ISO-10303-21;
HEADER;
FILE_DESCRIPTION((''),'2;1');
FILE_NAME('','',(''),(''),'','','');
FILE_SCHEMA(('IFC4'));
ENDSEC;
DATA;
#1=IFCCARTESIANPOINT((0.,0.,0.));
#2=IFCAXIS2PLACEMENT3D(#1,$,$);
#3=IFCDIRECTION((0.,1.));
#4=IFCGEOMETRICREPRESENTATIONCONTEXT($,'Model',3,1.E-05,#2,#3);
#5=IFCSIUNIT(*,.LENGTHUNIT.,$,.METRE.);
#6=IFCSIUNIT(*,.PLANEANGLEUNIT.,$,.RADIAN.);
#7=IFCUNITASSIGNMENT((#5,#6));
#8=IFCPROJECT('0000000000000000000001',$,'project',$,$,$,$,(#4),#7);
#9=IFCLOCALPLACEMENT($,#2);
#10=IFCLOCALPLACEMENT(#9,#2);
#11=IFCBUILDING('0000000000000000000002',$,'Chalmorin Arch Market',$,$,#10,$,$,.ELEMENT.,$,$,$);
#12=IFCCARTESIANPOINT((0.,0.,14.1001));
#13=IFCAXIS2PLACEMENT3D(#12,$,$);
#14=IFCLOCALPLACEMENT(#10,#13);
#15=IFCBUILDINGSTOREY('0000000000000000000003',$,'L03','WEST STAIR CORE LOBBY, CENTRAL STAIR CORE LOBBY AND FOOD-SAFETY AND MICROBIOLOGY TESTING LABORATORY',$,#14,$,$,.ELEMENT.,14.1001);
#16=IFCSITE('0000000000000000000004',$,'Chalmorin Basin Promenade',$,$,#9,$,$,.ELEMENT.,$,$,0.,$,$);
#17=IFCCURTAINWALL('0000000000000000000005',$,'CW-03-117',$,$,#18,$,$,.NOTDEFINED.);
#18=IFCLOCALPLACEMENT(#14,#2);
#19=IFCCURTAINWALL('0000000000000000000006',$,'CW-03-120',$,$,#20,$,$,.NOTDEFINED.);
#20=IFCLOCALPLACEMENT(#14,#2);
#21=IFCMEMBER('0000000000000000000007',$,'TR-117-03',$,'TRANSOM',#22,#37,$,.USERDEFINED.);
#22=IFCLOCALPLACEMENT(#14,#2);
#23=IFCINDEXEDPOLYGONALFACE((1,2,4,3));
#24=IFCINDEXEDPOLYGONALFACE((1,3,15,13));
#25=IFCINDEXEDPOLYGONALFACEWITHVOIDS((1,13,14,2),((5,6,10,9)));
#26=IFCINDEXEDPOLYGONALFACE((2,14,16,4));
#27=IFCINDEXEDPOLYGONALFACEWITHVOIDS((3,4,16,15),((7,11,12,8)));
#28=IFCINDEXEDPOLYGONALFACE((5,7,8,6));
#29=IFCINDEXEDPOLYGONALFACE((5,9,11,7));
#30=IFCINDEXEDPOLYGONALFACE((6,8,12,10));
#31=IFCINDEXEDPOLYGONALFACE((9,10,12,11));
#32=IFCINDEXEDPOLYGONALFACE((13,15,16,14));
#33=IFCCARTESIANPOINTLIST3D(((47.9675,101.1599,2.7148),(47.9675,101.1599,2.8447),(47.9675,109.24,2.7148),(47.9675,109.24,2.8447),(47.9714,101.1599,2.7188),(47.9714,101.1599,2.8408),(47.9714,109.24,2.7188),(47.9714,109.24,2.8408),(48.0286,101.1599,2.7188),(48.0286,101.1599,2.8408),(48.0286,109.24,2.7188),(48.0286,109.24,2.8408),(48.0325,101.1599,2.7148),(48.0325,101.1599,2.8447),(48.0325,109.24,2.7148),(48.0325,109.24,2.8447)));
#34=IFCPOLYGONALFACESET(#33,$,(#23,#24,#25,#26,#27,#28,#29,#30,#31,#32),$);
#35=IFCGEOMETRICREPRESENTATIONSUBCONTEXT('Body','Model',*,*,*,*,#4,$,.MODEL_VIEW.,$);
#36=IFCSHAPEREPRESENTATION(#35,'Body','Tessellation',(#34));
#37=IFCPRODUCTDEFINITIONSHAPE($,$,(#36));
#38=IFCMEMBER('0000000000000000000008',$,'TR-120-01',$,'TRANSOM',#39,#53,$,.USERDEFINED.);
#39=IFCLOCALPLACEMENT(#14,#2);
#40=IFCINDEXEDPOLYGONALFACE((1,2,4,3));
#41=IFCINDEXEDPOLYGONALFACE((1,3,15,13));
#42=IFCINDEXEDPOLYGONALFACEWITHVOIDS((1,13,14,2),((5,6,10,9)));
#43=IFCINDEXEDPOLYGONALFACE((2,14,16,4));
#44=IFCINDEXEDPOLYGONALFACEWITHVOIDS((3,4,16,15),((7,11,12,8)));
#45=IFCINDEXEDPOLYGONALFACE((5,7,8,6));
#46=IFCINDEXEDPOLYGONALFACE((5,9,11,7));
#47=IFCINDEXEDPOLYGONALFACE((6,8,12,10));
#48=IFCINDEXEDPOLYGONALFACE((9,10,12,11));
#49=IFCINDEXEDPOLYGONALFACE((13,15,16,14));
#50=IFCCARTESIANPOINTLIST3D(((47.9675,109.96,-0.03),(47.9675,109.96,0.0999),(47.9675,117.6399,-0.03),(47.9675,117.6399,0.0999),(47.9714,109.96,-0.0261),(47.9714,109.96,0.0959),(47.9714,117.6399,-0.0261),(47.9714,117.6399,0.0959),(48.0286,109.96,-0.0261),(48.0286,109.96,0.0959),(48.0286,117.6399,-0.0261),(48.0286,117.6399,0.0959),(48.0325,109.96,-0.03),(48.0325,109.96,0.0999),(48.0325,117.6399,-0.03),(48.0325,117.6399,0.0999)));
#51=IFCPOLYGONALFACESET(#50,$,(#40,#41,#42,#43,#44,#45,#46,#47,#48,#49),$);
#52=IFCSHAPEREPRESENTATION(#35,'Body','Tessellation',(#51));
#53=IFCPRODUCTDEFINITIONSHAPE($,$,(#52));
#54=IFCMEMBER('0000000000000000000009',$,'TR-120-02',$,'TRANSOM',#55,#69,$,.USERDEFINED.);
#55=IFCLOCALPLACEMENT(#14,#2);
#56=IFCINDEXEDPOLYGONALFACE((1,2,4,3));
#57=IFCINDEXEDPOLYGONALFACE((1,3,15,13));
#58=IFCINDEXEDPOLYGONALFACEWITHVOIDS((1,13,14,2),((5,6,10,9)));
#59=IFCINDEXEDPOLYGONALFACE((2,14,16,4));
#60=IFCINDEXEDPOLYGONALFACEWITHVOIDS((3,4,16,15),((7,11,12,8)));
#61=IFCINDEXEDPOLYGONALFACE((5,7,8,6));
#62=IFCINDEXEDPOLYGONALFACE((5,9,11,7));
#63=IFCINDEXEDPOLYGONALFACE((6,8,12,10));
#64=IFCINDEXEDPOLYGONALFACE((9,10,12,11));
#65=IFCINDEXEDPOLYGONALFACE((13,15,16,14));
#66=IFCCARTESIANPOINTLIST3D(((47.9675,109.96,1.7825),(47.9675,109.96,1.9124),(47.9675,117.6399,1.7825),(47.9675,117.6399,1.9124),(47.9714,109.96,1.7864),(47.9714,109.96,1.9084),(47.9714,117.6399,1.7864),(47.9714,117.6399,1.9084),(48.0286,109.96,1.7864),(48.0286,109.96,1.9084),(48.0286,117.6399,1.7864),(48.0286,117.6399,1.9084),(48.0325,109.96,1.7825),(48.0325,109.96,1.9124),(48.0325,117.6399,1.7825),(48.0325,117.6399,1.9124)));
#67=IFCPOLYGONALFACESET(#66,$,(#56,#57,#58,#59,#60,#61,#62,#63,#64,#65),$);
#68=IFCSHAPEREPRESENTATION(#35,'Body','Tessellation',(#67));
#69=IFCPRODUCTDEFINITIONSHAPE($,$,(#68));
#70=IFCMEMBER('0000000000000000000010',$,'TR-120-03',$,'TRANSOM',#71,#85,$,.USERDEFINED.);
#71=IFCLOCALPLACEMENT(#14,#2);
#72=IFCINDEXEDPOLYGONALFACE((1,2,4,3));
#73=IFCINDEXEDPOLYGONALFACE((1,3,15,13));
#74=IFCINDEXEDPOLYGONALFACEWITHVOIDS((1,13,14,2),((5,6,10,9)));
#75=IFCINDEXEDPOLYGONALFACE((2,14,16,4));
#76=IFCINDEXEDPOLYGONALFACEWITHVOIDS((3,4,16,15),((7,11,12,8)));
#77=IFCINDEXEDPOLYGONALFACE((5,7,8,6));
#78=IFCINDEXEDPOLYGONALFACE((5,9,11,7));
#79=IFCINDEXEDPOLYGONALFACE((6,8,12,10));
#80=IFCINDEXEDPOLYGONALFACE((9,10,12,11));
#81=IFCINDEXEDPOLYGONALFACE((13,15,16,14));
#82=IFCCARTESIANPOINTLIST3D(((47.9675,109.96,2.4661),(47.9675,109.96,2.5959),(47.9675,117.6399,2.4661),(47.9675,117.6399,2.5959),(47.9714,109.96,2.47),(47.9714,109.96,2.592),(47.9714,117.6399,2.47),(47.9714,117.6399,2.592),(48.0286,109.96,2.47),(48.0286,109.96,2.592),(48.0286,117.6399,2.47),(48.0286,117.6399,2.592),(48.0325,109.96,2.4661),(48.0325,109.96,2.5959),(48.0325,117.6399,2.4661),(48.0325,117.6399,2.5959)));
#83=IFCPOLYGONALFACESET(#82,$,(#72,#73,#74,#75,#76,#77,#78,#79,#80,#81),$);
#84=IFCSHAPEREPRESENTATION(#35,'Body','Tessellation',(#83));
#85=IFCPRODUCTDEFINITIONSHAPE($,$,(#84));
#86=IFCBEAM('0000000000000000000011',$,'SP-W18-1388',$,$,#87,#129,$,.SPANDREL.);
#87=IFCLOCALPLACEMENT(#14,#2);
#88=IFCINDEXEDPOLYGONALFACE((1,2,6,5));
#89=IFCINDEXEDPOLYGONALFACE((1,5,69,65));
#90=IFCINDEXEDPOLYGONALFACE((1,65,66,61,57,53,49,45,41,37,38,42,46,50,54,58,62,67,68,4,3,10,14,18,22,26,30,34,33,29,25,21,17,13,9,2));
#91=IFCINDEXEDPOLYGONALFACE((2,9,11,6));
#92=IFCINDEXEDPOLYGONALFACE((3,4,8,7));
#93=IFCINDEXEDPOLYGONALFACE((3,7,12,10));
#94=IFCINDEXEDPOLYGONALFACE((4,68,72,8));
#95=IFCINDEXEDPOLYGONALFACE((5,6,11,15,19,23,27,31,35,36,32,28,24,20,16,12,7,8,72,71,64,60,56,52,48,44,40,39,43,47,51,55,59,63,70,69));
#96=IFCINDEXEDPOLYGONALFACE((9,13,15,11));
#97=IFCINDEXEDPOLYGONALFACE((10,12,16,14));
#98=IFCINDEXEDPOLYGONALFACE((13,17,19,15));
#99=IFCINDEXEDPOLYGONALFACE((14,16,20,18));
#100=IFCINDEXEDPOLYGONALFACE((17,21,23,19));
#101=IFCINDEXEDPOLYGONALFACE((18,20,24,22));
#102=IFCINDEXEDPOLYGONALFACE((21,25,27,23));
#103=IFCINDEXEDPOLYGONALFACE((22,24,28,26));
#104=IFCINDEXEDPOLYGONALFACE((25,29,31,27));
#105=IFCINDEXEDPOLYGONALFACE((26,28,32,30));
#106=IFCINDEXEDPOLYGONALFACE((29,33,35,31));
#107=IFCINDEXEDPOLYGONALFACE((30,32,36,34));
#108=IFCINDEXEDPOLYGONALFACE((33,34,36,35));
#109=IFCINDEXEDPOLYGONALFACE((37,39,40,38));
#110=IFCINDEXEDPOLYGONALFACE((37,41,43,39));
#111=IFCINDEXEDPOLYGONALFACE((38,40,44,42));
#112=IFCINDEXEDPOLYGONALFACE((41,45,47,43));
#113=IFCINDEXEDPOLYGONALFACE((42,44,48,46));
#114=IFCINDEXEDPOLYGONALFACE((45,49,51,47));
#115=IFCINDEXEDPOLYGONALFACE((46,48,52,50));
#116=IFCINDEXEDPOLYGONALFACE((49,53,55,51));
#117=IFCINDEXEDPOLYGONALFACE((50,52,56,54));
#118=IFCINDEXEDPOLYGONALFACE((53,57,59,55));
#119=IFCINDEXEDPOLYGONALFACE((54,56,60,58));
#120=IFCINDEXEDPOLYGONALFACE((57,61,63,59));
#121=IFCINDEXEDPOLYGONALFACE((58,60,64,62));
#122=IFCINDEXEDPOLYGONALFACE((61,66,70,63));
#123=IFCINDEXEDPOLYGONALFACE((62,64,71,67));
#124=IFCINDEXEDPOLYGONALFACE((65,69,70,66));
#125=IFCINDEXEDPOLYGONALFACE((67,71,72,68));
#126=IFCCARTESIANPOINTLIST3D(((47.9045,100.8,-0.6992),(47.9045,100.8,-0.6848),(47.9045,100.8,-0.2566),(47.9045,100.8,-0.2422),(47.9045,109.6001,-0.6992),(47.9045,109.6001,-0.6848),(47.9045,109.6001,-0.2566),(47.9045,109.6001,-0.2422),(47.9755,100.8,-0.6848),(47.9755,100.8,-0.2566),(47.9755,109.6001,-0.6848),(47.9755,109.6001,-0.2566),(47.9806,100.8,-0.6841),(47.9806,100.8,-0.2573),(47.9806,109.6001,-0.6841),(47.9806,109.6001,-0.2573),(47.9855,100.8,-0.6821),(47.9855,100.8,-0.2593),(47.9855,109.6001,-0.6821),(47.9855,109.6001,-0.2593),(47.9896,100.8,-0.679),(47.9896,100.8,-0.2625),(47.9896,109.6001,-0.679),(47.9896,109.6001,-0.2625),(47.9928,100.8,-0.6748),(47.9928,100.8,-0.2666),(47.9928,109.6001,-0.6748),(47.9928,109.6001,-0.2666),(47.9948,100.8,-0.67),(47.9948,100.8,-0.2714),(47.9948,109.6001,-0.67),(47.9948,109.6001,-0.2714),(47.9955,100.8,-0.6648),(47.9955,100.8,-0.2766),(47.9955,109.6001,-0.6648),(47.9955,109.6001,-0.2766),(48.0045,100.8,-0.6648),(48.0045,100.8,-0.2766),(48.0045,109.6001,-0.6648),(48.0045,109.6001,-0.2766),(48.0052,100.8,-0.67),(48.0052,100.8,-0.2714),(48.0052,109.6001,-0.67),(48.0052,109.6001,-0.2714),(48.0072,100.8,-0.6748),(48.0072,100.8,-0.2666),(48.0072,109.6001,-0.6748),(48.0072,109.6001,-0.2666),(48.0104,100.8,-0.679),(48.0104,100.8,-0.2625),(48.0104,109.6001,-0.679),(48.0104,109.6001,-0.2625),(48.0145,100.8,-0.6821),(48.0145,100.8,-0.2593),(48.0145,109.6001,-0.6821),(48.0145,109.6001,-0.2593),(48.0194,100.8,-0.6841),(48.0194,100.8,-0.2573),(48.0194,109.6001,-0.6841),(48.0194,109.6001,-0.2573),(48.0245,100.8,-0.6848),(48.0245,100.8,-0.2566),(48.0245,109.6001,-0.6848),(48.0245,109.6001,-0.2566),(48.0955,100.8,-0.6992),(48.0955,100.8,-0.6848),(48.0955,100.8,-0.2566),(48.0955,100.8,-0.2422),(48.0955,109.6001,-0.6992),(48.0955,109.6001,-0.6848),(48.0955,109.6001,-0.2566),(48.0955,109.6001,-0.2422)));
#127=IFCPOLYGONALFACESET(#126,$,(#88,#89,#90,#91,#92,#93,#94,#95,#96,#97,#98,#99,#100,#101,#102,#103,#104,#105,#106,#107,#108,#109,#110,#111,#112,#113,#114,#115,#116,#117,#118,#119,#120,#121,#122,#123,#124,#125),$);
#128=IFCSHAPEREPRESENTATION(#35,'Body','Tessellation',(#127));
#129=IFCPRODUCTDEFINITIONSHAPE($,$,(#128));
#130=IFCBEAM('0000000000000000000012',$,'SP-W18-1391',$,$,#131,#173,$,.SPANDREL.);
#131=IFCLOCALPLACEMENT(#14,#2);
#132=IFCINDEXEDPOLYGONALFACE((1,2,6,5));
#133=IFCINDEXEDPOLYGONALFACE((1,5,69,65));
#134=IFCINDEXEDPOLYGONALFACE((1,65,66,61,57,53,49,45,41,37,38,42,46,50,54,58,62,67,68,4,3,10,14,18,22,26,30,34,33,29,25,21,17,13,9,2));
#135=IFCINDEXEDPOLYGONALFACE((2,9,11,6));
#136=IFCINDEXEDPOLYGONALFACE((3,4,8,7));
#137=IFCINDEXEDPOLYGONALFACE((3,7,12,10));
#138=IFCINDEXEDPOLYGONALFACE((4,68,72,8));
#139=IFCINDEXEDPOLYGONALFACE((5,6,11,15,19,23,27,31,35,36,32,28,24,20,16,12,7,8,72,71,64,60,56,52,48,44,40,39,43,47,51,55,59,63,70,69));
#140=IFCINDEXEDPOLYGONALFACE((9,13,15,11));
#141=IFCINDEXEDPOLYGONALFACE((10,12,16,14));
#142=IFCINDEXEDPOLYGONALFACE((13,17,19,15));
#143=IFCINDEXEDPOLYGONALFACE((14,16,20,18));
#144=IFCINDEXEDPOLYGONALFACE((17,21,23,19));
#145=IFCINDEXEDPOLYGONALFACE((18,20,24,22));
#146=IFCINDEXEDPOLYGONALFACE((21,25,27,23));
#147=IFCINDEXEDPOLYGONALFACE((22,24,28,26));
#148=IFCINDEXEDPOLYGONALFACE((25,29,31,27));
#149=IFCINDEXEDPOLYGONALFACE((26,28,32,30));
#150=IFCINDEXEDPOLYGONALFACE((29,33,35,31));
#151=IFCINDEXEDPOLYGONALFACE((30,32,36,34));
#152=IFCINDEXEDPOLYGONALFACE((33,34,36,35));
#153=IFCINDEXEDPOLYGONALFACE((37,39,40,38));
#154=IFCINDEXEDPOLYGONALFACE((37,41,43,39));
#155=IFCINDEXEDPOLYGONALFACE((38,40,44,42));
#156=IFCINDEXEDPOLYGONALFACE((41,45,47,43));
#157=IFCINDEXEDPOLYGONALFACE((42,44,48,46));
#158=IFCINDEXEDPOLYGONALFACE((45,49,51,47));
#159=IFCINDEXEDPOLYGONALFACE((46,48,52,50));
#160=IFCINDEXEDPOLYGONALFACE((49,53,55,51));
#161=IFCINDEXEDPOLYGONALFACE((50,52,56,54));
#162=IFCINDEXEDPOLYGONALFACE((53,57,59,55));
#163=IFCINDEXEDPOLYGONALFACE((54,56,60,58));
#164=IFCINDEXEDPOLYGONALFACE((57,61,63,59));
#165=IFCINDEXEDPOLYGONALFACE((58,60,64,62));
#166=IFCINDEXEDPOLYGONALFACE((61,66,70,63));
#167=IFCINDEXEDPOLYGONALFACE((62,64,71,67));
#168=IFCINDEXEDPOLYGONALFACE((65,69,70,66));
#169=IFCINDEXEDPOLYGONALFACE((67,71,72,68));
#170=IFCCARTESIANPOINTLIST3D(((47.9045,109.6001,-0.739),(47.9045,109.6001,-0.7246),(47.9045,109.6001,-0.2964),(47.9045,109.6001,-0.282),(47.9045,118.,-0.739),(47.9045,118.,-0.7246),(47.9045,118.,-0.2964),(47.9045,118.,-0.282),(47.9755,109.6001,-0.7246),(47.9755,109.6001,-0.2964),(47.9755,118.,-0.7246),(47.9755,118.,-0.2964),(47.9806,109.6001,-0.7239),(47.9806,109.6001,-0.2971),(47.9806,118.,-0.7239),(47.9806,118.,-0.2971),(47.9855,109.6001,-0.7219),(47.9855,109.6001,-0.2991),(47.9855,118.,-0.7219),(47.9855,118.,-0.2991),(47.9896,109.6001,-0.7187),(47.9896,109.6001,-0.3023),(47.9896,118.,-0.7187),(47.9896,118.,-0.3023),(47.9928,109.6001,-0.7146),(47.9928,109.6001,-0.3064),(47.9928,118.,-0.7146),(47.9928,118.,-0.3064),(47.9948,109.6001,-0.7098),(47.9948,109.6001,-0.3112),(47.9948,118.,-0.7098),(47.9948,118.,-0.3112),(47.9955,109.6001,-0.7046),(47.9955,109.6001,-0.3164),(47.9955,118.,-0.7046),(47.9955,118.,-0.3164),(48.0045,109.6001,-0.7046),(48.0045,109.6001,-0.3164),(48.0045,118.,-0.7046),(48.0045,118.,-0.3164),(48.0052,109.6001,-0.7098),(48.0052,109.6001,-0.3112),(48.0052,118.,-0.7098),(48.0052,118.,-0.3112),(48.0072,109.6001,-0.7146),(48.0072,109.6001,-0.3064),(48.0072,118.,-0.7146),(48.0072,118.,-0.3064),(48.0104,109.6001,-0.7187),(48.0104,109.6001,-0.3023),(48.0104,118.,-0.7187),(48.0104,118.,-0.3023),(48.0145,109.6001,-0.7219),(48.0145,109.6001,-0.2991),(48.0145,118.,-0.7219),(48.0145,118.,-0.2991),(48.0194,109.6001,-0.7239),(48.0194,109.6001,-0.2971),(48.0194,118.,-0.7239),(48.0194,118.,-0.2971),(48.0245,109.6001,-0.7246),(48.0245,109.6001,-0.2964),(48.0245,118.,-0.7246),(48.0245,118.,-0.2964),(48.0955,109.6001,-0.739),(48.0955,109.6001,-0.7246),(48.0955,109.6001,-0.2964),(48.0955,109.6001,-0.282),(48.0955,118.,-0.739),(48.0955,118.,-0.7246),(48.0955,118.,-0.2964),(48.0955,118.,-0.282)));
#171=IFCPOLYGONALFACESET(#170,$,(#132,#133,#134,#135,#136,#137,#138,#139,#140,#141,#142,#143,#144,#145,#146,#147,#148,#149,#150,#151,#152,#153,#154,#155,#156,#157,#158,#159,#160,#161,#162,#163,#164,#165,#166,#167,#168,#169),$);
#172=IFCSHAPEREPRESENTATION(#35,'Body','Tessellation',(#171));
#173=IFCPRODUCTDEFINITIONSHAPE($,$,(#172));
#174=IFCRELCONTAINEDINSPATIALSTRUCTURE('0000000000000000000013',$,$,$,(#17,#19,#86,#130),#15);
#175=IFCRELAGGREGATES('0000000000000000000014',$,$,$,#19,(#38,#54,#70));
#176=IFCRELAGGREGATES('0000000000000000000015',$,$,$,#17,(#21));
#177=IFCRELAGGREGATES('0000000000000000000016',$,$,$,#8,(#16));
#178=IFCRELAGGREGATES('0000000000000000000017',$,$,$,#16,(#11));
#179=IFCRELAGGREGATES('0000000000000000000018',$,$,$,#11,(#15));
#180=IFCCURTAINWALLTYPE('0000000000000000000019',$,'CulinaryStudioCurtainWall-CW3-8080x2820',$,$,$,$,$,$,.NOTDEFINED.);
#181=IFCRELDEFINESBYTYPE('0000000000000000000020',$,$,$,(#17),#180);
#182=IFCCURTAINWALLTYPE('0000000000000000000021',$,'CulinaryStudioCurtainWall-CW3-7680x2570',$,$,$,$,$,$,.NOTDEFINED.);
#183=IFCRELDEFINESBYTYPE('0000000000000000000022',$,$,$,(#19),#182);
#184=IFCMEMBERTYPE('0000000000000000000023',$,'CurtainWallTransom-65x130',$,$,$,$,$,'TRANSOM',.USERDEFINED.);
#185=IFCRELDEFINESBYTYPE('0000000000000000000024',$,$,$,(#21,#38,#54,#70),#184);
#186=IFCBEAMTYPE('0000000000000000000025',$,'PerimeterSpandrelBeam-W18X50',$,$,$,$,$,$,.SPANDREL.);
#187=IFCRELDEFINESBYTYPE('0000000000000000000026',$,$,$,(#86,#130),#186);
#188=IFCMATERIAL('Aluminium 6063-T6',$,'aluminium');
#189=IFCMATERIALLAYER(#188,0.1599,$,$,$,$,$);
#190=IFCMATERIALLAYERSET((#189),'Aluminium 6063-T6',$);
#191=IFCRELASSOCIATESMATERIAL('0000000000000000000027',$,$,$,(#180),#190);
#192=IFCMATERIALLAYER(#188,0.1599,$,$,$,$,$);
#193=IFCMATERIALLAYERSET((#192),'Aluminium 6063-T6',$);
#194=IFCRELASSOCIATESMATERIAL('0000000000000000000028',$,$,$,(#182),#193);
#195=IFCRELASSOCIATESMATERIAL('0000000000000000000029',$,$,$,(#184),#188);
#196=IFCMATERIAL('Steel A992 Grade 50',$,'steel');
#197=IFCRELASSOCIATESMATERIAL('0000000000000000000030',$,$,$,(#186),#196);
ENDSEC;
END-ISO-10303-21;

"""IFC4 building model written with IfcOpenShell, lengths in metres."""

from ifc_helpers import new_model, si_unit, direction, frame, origin, origin_2d, place, context, subcontext, project, spatial, hollow_rectangle, i_section, extrude, material, layer, layer_set, material_profile, profile_set, type_object, element, aggregate, save


model = new_model("IFC4")

# Units and contexts
model_context = context("Model", 3, precision=1e-05, world=origin(), true_north=direction((0.0, 1.0)))
body_context = subcontext(model_context, "Body", "Model", "MODEL_VIEW")
ifc_project = project(units=[si_unit("LENGTHUNIT", "METRE"), si_unit("PLANEANGLEUNIT", "RADIAN")], contexts=[model_context])

# Site, building, storey
site_placement = place(None, origin())
site = spatial("IfcSite", under=ifc_project, at=site_placement, Name="Chalmorin Basin Promenade", CompositionType="ELEMENT", RefElevation=0.0)
building_placement = place(site_placement, origin())
building = spatial("IfcBuilding", under=site, at=building_placement, Name="Chalmorin Arch Market", CompositionType="ELEMENT")
storey_placement = place(building_placement, frame((0.0, 0.0, 14.1001)))
storey = spatial("IfcBuildingStorey", under=building, at=storey_placement, Name="L03", Description="WEST STAIR CORE LOBBY, CENTRAL STAIR CORE LOBBY AND FOOD-SAFETY AND MICROBIOLOGY TESTING LABORATORY", CompositionType="ELEMENT", Elevation=14.1001)

# Curtain wall
ifc_material_1 = material(Name="Aluminium 6063-T6", Category="aluminium")
ifc_layer_1 = layer(ifc_material_1, 0.1599)
ifc_layer_set_1 = layer_set([ifc_layer_1], Name="Aluminium 6063-T6")
curtain_wall_type_1 = type_object("IfcCurtainWallType", Name="CulinaryStudioCurtainWall-CW3-8080x2820", PredefinedType="NOTDEFINED", material=ifc_layer_set_1)
curtain_wall_1_placement = place(storey_placement, origin())
curtain_wall_1 = element("IfcCurtainWall", 1, at=curtain_wall_1_placement, inside=storey, type_object=curtain_wall_type_1, Name="CW-03-117", PredefinedType="NOTDEFINED")

# Curtain wall
ifc_layer_2 = layer(ifc_material_1, 0.1599)
ifc_layer_set_2 = layer_set([ifc_layer_2], Name="Aluminium 6063-T6")
curtain_wall_type_2 = type_object("IfcCurtainWallType", Name="CulinaryStudioCurtainWall-CW3-7680x2570", PredefinedType="NOTDEFINED", material=ifc_layer_set_2)
curtain_wall_2_placement = place(storey_placement, origin())
curtain_wall_2 = element("IfcCurtainWall", 2, at=curtain_wall_2_placement, inside=storey, type_object=curtain_wall_type_2, Name="CW-03-120", PredefinedType="NOTDEFINED")

# Members
ifc_material_profile_1 = material_profile(ifc_material_1, hollow_rectangle(XDim=0.0649, YDim=0.1299, WallThickness=0.0039, at=origin_2d()), Name="ALU65X130X4")
ifc_profile_set_1 = profile_set([ifc_material_profile_1], Name="Aluminium 6063-T6")
member_type_1 = type_object("IfcMemberType", Name="CurtainWallTransom-65x130", ElementType="TRANSOM", PredefinedType="USERDEFINED", material=ifc_profile_set_1)
member_1_placement = place(storey_placement, frame((48.0, 101.1599, 2.7798), z_axis=(0.0, 1.0, 0.0), x_axis=(-1.0, 0.0, 0.0)))
member_1 = element("IfcMember", 3, at=member_1_placement, type_object=member_type_1, Name="TR-117-03", ObjectType="TRANSOM", PredefinedType="USERDEFINED", context=body_context, shape_type="SweptSolid", body=[
    extrude(hollow_rectangle(XDim=0.0649, YDim=0.1299, WallThickness=0.0039, at=origin_2d()), origin(), (0.0, 0.0, 1.0), 8.0801),
])
member_2_placement = place(storey_placement, frame((48.0, 109.96, 0.0349), z_axis=(0.0, 1.0, 0.0), x_axis=(-1.0, 0.0, 0.0)))
member_2 = element("IfcMember", 4, at=member_2_placement, type_object=member_type_1, Name="TR-120-01", ObjectType="TRANSOM", PredefinedType="USERDEFINED", context=body_context, shape_type="SweptSolid", body=[
    extrude(hollow_rectangle(XDim=0.0649, YDim=0.1299, WallThickness=0.0039, at=origin_2d()), origin(), (0.0, 0.0, 1.0), 7.6799),
])
member_3_placement = place(storey_placement, frame((48.0, 109.96, 1.8474), z_axis=(0.0, 1.0, 0.0), x_axis=(-1.0, 0.0, 0.0)))
member_3 = element("IfcMember", 5, at=member_3_placement, type_object=member_type_1, Name="TR-120-02", ObjectType="TRANSOM", PredefinedType="USERDEFINED", context=body_context, shape_type="SweptSolid", body=[
    extrude(hollow_rectangle(XDim=0.0649, YDim=0.1299, WallThickness=0.0039, at=origin_2d()), origin(), (0.0, 0.0, 1.0), 7.6799),
])
member_4_placement = place(storey_placement, frame((48.0, 109.96, 2.531), z_axis=(0.0, 1.0, 0.0), x_axis=(-1.0, 0.0, 0.0)))
member_4 = element("IfcMember", 6, at=member_4_placement, type_object=member_type_1, Name="TR-120-03", ObjectType="TRANSOM", PredefinedType="USERDEFINED", context=body_context, shape_type="SweptSolid", body=[
    extrude(hollow_rectangle(XDim=0.0649, YDim=0.1299, WallThickness=0.0039, at=origin_2d()), origin(), (0.0, 0.0, 1.0), 7.6799),
])
aggregate(curtain_wall_2, [member_2, member_3, member_4])

# Beams
ifc_material_2 = material(Name="Steel A992 Grade 50", Category="steel")
ifc_material_profile_2 = material_profile(ifc_material_2, i_section(OverallWidth=0.1909, OverallDepth=0.457, WebThickness=0.009, FlangeThickness=0.0144, FilletRadius=0.02, at=origin_2d()), Name="W18X50")
ifc_profile_set_2 = profile_set([ifc_material_profile_2], Name="Steel A992 Grade 50")
beam_type_1 = type_object("IfcBeamType", Name="PerimeterSpandrelBeam-W18X50", PredefinedType="SPANDREL", material=ifc_profile_set_2)
beam_1_placement = place(storey_placement, frame((48.0, 100.8, -0.4707), z_axis=(0.0, 1.0, 0.0), x_axis=(-1.0, 0.0, 0.0)))
element("IfcBeam", 7, at=beam_1_placement, inside=storey, type_object=beam_type_1, Name="SP-W18-1388", PredefinedType="SPANDREL", context=body_context, shape_type="SweptSolid", body=[
    extrude(i_section(OverallWidth=0.1909, OverallDepth=0.457, WebThickness=0.009, FlangeThickness=0.0144, FilletRadius=0.02, at=origin_2d()), origin(), (0.0, 0.0, 1.0), 8.8),
])
beam_2_placement = place(storey_placement, frame((48.0, 109.6001, -0.5105), z_axis=(0.0, 1.0, 0.0), x_axis=(-1.0, 0.0, 0.0)))
element("IfcBeam", 8, at=beam_2_placement, inside=storey, type_object=beam_type_1, Name="SP-W18-1391", PredefinedType="SPANDREL", context=body_context, shape_type="SweptSolid", body=[
    extrude(i_section(OverallWidth=0.1909, OverallDepth=0.457, WebThickness=0.009, FlangeThickness=0.0144, FilletRadius=0.02, at=origin_2d()), origin(), (0.0, 0.0, 1.0), 8.3999),
])

aggregate(curtain_wall_1, [member_1])

save(model, "model.ifc")
